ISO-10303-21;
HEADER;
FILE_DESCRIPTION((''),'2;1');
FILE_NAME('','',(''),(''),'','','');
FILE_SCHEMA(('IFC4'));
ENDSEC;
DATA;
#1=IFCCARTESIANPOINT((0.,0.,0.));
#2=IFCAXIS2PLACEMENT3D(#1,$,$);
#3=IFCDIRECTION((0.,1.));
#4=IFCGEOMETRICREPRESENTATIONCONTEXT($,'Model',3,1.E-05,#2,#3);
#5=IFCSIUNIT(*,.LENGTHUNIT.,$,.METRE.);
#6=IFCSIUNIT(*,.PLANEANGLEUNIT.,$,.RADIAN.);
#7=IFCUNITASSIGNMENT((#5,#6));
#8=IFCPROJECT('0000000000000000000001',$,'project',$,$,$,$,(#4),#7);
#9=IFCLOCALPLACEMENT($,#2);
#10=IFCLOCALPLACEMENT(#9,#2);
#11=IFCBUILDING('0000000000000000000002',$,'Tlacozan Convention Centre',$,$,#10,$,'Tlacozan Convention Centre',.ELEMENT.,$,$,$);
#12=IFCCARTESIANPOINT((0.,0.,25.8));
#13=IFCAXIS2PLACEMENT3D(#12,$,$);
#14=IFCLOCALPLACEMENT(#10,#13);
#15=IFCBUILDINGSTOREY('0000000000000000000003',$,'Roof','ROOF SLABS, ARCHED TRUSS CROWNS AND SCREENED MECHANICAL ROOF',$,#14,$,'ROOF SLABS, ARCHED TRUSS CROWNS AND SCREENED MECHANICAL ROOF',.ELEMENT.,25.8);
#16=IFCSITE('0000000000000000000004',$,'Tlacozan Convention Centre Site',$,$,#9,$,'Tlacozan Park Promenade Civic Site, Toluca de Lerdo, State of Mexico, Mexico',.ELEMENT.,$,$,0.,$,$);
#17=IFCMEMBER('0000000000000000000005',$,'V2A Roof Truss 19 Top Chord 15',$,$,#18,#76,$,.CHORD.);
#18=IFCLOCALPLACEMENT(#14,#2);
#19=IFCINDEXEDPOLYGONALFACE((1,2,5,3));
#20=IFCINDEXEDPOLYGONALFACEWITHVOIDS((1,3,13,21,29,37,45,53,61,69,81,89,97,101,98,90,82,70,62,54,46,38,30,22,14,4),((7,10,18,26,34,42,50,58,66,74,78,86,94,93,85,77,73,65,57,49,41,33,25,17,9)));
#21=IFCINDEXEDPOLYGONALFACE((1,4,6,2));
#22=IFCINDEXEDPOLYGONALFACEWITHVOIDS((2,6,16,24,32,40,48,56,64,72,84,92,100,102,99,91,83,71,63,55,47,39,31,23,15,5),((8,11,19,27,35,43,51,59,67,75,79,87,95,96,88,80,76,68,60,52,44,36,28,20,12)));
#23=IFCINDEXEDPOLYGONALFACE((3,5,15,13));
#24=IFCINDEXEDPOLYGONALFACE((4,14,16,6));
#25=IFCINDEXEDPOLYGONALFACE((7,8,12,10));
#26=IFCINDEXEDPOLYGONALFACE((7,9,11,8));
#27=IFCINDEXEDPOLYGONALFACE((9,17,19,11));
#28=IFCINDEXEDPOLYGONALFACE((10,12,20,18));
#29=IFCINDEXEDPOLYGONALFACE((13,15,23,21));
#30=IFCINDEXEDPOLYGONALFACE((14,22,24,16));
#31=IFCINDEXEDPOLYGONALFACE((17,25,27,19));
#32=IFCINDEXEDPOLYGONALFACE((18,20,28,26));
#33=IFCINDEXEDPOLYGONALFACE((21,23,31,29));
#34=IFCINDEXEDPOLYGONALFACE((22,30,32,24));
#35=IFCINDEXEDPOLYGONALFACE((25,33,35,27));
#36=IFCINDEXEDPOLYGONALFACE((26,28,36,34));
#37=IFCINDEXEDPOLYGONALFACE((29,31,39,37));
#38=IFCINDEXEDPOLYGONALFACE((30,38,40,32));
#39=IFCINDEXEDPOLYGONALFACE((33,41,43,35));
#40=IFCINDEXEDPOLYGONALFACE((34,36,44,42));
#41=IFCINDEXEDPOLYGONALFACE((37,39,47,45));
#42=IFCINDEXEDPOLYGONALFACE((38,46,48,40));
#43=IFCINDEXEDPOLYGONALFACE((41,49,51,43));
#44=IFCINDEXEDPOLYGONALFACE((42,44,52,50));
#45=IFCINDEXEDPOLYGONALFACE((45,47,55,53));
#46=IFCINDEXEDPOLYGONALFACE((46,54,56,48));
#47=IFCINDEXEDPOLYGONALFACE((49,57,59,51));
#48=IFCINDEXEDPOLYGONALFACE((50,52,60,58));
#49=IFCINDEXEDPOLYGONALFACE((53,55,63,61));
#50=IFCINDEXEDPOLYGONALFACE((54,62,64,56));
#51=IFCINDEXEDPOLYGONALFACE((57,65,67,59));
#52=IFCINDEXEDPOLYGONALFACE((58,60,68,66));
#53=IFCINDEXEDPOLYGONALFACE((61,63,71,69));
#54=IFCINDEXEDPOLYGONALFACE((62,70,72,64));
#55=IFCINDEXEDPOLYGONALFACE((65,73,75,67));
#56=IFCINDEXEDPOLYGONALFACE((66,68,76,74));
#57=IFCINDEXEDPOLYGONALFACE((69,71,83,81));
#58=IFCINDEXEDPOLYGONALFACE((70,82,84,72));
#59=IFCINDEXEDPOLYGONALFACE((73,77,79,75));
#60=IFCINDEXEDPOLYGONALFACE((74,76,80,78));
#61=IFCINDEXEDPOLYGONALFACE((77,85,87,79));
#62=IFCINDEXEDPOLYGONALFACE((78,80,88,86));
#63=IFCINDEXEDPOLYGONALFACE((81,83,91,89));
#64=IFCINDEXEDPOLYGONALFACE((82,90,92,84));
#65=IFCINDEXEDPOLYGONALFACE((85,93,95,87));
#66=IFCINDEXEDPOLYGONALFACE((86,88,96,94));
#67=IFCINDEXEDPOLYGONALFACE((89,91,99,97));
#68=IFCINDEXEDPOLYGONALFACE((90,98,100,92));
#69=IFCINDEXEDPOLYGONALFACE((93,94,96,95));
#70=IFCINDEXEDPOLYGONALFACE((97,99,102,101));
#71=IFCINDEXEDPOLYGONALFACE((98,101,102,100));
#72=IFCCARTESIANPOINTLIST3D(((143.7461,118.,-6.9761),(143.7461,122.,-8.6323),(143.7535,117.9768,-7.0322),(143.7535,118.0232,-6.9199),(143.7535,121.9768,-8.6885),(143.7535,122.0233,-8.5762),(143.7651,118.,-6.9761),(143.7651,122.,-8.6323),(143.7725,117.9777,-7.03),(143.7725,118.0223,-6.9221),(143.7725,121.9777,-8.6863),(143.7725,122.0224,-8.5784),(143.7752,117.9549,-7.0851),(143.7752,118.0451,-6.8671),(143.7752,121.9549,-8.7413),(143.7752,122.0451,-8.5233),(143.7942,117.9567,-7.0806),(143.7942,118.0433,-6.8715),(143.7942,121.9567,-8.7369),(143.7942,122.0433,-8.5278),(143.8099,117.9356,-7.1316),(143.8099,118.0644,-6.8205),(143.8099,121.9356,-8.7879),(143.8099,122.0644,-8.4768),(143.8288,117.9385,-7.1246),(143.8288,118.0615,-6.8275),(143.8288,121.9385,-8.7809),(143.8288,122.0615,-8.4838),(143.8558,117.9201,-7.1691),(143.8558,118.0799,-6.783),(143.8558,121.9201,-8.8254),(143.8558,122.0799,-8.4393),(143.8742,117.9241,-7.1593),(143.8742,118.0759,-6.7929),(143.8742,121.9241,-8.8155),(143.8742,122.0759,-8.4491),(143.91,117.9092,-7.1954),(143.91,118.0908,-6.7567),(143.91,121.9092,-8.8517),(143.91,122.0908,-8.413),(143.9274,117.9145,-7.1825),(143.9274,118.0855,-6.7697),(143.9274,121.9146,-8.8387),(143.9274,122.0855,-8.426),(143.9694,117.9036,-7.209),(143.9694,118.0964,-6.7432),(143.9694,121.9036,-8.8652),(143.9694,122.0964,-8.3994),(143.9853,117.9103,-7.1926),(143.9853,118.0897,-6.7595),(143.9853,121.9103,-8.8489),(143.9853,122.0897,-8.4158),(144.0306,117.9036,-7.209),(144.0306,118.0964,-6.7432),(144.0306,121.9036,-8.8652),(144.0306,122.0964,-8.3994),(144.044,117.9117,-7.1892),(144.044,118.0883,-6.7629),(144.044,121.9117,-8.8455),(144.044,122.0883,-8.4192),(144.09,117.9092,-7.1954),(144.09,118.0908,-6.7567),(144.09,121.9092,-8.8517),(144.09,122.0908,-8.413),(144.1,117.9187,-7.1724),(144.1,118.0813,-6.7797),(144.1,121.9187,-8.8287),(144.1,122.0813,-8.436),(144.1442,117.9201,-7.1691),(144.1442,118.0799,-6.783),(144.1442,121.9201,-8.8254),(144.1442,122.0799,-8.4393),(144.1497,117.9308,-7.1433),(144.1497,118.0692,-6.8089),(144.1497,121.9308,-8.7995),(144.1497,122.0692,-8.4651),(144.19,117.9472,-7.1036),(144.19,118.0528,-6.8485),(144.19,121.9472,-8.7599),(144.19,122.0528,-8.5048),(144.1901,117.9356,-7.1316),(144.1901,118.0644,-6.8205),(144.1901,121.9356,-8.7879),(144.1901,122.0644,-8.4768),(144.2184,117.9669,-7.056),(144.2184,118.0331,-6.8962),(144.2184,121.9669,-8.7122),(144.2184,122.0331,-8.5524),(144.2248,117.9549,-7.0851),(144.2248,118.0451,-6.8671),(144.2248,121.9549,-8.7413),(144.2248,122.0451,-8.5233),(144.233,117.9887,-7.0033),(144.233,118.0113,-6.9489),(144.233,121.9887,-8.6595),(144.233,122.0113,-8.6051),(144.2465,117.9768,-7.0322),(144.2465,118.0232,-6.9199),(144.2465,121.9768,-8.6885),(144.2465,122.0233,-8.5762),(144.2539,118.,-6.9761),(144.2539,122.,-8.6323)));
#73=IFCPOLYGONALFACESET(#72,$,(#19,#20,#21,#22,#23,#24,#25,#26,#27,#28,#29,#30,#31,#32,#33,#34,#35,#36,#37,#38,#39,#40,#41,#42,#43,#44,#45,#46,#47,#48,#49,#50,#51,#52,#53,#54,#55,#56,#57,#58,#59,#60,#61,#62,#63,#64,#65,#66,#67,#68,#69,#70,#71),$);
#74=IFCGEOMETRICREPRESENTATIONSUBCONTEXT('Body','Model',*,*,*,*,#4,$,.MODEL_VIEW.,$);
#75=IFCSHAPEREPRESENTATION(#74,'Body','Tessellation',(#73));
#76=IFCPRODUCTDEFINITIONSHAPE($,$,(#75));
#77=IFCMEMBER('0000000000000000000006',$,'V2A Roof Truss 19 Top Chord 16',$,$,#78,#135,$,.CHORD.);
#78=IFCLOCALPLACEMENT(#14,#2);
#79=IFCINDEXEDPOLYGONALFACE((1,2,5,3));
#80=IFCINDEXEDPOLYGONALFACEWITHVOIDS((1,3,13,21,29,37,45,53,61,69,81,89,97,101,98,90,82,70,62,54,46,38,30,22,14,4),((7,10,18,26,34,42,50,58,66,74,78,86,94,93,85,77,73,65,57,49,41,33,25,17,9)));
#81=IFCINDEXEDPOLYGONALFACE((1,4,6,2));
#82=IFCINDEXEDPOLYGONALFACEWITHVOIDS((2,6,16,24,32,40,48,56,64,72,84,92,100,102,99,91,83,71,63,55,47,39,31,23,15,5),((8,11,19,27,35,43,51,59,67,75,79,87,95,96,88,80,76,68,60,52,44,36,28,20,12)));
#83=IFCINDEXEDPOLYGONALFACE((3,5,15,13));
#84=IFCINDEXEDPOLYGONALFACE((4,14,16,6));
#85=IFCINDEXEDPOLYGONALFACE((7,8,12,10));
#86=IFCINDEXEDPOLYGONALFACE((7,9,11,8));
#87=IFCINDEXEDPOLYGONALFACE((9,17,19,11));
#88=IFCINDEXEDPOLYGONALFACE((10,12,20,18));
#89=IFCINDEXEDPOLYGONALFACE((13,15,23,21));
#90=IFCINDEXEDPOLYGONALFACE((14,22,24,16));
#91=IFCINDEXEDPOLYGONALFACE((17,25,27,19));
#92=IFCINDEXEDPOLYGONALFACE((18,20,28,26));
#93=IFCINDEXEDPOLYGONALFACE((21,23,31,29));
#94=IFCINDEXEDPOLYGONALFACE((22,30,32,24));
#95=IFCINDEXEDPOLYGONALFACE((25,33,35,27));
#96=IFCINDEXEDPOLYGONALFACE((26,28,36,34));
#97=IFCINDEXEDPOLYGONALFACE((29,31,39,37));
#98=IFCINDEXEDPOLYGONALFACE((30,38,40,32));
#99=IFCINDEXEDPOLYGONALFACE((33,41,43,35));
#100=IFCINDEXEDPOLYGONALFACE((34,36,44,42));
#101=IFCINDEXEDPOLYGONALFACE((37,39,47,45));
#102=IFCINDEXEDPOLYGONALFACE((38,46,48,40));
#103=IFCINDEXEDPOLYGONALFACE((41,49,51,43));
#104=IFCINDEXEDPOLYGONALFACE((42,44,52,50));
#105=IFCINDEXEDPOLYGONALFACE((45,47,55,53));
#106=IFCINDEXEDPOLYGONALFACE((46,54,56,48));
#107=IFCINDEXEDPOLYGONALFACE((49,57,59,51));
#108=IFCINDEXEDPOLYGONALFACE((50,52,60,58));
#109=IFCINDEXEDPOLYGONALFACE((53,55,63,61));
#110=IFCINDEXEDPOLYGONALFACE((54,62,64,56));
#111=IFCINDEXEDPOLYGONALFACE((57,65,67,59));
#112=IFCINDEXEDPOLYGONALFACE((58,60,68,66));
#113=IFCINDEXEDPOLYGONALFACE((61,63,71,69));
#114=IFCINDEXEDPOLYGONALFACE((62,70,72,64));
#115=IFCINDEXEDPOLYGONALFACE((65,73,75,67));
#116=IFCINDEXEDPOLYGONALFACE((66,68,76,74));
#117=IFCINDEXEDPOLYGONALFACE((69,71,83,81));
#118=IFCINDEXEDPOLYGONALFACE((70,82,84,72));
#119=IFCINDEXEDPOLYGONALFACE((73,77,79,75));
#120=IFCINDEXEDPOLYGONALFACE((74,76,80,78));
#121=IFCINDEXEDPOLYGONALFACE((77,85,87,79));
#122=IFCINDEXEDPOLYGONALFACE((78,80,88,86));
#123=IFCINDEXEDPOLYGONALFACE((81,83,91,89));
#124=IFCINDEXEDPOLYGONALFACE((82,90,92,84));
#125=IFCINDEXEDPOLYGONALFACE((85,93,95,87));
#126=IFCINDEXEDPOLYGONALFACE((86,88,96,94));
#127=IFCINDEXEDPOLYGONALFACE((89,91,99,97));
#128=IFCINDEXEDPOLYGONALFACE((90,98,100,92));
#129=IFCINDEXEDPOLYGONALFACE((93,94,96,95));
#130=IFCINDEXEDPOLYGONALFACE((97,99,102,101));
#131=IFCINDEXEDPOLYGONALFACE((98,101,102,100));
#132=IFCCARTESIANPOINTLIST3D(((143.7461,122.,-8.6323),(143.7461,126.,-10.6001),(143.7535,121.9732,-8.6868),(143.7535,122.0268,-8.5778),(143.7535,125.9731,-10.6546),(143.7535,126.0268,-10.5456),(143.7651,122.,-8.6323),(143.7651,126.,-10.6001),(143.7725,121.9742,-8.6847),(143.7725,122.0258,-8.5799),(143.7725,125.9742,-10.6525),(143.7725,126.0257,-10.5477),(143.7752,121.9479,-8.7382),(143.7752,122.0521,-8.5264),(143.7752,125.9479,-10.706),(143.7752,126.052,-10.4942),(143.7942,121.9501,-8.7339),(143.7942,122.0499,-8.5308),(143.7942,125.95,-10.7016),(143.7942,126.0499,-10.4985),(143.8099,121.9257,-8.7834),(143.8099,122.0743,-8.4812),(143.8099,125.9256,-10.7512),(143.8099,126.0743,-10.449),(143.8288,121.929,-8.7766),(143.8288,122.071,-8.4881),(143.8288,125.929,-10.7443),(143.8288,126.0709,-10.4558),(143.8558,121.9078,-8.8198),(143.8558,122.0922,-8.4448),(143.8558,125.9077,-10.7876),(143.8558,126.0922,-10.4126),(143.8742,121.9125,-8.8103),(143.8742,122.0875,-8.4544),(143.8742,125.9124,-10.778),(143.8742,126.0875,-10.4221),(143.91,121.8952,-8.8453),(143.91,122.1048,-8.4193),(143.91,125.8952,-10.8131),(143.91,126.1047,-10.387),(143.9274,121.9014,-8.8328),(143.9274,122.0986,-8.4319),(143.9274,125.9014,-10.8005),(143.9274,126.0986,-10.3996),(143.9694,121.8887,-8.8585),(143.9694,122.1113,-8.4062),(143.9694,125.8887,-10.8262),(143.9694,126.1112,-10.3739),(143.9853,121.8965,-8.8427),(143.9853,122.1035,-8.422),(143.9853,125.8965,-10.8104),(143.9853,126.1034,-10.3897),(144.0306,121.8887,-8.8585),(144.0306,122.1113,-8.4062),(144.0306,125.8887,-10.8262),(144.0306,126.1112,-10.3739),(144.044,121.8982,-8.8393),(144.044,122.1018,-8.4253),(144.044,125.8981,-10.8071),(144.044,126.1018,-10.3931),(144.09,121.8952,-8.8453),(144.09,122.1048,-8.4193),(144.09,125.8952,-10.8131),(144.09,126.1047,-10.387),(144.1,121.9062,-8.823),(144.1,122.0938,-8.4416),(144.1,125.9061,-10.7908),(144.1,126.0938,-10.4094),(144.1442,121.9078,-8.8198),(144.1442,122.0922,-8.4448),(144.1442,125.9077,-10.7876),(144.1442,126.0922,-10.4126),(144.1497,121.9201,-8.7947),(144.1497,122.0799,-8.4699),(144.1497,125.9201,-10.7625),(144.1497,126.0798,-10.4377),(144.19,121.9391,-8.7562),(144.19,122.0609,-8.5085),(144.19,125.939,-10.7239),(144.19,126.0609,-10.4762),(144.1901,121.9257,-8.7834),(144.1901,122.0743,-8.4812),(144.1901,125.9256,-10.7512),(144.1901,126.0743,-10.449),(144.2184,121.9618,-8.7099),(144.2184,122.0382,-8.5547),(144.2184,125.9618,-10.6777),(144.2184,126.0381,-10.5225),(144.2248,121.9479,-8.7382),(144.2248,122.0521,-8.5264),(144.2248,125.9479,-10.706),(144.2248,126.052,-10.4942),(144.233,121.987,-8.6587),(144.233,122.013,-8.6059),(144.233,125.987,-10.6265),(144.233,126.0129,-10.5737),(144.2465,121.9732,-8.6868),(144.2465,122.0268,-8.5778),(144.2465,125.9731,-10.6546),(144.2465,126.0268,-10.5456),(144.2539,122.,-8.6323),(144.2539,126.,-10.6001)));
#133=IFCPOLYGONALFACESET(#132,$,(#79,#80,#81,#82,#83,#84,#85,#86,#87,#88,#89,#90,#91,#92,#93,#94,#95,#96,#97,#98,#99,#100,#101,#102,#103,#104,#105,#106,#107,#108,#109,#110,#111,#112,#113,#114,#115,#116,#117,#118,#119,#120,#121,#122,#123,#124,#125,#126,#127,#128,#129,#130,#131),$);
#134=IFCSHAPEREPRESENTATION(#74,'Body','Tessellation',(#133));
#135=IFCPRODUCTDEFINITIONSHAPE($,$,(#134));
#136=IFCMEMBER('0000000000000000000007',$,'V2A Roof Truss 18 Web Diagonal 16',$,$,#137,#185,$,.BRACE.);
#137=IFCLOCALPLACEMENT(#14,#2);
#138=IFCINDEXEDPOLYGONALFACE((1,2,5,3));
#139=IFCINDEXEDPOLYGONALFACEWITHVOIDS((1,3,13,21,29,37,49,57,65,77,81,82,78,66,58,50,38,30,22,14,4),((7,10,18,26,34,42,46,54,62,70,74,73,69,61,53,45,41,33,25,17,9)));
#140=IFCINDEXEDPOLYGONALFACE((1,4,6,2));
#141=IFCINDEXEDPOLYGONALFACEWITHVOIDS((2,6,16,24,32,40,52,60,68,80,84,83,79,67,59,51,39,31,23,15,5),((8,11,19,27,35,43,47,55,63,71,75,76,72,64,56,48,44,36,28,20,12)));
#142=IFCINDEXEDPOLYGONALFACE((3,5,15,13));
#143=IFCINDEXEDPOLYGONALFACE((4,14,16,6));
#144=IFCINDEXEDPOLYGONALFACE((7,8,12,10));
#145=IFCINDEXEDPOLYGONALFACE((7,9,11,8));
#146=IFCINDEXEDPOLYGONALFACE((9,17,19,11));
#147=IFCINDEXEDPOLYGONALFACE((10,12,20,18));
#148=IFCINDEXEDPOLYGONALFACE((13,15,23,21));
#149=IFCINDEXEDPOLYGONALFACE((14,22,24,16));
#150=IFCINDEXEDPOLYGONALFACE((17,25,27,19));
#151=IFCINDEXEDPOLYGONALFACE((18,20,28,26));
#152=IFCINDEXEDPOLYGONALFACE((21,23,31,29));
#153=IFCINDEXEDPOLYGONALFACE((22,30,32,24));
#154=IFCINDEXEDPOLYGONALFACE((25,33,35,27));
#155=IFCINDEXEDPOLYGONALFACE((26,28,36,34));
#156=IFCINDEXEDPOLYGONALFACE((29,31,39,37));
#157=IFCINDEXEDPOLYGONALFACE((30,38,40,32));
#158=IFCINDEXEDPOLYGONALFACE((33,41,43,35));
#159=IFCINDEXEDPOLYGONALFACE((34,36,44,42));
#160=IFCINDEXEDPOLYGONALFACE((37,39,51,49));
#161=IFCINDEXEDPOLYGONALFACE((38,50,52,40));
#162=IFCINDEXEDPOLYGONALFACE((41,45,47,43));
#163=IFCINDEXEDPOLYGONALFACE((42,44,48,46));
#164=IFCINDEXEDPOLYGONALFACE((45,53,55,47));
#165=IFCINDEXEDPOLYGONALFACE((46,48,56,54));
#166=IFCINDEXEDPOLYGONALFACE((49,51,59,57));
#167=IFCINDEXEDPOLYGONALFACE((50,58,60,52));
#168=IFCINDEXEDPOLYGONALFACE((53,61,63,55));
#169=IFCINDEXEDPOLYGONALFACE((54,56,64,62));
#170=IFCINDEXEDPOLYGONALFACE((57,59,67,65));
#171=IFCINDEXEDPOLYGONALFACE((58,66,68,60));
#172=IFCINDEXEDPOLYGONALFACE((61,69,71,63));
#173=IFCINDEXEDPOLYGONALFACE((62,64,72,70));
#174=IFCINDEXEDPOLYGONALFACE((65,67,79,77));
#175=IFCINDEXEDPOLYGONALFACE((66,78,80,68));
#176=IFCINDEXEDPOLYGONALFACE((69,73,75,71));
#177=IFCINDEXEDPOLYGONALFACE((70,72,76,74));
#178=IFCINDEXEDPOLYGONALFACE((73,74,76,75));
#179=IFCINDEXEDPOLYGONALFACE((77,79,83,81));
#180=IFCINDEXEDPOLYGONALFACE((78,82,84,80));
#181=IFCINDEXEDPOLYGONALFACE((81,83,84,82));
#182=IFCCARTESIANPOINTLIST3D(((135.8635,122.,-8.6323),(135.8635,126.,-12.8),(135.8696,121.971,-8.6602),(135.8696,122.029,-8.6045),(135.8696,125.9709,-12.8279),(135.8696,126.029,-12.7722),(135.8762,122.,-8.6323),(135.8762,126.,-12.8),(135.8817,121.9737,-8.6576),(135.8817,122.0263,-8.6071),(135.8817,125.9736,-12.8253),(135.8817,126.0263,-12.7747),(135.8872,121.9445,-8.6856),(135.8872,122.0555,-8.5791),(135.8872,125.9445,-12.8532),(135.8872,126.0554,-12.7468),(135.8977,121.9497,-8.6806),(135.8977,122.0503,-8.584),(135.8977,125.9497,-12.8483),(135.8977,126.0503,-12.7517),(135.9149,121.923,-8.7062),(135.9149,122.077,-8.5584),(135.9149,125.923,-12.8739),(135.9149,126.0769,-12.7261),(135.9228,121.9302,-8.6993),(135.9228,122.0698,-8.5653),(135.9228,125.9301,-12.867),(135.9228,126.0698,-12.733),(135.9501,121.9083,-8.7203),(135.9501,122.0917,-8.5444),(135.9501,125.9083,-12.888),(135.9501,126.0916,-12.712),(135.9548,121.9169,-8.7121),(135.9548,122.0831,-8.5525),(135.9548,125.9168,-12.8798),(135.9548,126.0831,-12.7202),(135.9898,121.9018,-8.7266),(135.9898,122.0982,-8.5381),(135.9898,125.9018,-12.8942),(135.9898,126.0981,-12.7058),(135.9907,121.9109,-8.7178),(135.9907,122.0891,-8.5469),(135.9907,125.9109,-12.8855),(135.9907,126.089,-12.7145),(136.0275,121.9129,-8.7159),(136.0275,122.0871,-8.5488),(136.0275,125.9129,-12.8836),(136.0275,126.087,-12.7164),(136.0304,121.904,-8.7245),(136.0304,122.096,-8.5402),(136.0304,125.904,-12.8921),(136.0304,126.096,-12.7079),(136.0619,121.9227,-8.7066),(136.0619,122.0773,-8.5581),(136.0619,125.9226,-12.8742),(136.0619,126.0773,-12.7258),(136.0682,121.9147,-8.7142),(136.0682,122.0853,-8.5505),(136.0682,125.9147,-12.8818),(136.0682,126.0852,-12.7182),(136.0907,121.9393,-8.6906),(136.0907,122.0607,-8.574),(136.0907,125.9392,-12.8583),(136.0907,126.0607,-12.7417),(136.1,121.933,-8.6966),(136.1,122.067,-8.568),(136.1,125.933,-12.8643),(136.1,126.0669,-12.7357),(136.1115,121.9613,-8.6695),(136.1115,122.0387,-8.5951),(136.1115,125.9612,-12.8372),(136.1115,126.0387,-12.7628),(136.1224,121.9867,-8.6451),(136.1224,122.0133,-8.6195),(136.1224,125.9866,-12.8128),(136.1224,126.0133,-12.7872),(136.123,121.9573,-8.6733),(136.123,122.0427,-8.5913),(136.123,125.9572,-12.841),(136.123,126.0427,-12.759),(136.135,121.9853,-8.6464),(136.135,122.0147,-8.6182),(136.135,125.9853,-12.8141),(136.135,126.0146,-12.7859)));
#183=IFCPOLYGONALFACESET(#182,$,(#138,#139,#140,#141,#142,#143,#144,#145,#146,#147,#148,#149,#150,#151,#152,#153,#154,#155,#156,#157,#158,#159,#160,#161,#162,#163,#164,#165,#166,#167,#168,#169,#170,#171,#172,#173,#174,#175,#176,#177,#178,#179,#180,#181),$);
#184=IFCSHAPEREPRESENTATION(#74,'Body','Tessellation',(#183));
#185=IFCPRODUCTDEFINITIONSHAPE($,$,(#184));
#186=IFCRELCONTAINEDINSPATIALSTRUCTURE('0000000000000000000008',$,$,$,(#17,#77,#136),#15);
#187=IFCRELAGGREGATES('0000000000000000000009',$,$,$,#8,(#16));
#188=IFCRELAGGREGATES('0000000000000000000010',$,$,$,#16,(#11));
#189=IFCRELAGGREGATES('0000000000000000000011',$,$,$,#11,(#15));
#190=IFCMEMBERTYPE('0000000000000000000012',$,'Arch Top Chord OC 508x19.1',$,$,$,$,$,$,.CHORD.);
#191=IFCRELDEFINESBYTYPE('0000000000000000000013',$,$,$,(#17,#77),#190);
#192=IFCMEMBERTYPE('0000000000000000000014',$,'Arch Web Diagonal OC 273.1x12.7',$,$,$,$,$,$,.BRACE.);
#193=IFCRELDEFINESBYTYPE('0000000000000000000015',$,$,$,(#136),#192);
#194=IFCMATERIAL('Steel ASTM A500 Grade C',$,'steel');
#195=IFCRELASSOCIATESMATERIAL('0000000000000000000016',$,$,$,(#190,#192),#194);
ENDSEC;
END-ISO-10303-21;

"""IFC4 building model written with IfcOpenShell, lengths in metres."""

from ifc_helpers import new_model, si_unit, direction, frame, origin, origin_2d, place, context, subcontext, project, spatial, hollow_circle, extrude, material, material_profile, profile_set, type_object, element, save


model = new_model("IFC4")

# Units and contexts
model_context = context("Model", 3, precision=1e-05, world=origin(), true_north=direction((0.0, 1.0)))
body_context = subcontext(model_context, "Body", "Model", "MODEL_VIEW")
ifc_project = project(units=[si_unit("LENGTHUNIT", "METRE"), si_unit("PLANEANGLEUNIT", "RADIAN")], contexts=[model_context])

# Site, building, storey
site_placement = place(None, origin())
site = spatial("IfcSite", under=ifc_project, at=site_placement, Name="Tlacozan Convention Centre Site", LongName="Tlacozan Park Promenade Civic Site, Toluca de Lerdo, State of Mexico, Mexico", CompositionType="ELEMENT", RefElevation=0.0)
building_placement = place(site_placement, origin())
building = spatial("IfcBuilding", under=site, at=building_placement, Name="Tlacozan Convention Centre", LongName="Tlacozan Convention Centre", CompositionType="ELEMENT")
storey_placement = place(building_placement, frame((0.0, 0.0, 25.8)))
storey = spatial("IfcBuildingStorey", under=building, at=storey_placement, Name="Roof", Description="ROOF SLABS, ARCHED TRUSS CROWNS AND SCREENED MECHANICAL ROOF", LongName="ROOF SLABS, ARCHED TRUSS CROWNS AND SCREENED MECHANICAL ROOF", CompositionType="ELEMENT", Elevation=25.8)

# Members
ifc_material_1 = material(Name="Steel ASTM A500 Grade C", Category="steel")
ifc_material_profile_1 = material_profile(ifc_material_1, hollow_circle(Radius=0.2539, WallThickness=0.019, at=origin_2d()), Name="OC 508.0x19.1")
ifc_profile_set_1 = profile_set([ifc_material_profile_1], Name="Steel ASTM A500 Grade C")
member_type_1 = type_object("IfcMemberType", Name="Arch Top Chord OC 508x19.1", PredefinedType="CHORD", material=ifc_profile_set_1)
member_1_placement = place(storey_placement, frame((144.0, 118.0, -6.9761), z_axis=(0.0, 0.923929, -0.382564), x_axis=(-1.0, 0.0, 0.0)))
element("IfcMember", 1, at=member_1_placement, inside=storey, type_object=member_type_1, Name="V2A Roof Truss 19 Top Chord 15", PredefinedType="CHORD", context=body_context, shape_type="SweptSolid", body=[
    extrude(hollow_circle(Radius=0.2539, WallThickness=0.019, at=origin_2d()), origin(), (0.0, 0.0, 1.0), 4.3293),
])
member_2_placement = place(storey_placement, frame((144.0, 122.0, -8.6323), z_axis=(0.0, 0.8973, -0.441421), x_axis=(-1.0, 0.0, 0.0)))
element("IfcMember", 2, at=member_2_placement, inside=storey, type_object=member_type_1, Name="V2A Roof Truss 19 Top Chord 16", PredefinedType="CHORD", context=body_context, shape_type="SweptSolid", body=[
    extrude(hollow_circle(Radius=0.2539, WallThickness=0.019, at=origin_2d()), origin(), (0.0, 0.0, 1.0), 4.4578),
])
ifc_material_profile_2 = material_profile(ifc_material_1, hollow_circle(Radius=0.1365, WallThickness=0.0127, at=origin_2d()), Name="OC 273.1x12.7")
ifc_profile_set_2 = profile_set([ifc_material_profile_2], Name="Steel ASTM A500 Grade C")
member_type_2 = type_object("IfcMemberType", Name="Arch Web Diagonal OC 273.1x12.7", PredefinedType="BRACE", material=ifc_profile_set_2)
member_3_placement = place(storey_placement, frame((136.0, 122.0, -8.6323), z_axis=(0.0, 0.69244, -0.721475), x_axis=(-1.0, 0.0, 0.0)))
element("IfcMember", 3, at=member_3_placement, inside=storey, type_object=member_type_2, Name="V2A Roof Truss 18 Web Diagonal 16", PredefinedType="BRACE", context=body_context, shape_type="SweptSolid", body=[
    extrude(hollow_circle(Radius=0.1365, WallThickness=0.0127, at=origin_2d()), origin(), (0.0, 0.0, 1.0), 5.7766),
])

save(model, "model.ifc")
